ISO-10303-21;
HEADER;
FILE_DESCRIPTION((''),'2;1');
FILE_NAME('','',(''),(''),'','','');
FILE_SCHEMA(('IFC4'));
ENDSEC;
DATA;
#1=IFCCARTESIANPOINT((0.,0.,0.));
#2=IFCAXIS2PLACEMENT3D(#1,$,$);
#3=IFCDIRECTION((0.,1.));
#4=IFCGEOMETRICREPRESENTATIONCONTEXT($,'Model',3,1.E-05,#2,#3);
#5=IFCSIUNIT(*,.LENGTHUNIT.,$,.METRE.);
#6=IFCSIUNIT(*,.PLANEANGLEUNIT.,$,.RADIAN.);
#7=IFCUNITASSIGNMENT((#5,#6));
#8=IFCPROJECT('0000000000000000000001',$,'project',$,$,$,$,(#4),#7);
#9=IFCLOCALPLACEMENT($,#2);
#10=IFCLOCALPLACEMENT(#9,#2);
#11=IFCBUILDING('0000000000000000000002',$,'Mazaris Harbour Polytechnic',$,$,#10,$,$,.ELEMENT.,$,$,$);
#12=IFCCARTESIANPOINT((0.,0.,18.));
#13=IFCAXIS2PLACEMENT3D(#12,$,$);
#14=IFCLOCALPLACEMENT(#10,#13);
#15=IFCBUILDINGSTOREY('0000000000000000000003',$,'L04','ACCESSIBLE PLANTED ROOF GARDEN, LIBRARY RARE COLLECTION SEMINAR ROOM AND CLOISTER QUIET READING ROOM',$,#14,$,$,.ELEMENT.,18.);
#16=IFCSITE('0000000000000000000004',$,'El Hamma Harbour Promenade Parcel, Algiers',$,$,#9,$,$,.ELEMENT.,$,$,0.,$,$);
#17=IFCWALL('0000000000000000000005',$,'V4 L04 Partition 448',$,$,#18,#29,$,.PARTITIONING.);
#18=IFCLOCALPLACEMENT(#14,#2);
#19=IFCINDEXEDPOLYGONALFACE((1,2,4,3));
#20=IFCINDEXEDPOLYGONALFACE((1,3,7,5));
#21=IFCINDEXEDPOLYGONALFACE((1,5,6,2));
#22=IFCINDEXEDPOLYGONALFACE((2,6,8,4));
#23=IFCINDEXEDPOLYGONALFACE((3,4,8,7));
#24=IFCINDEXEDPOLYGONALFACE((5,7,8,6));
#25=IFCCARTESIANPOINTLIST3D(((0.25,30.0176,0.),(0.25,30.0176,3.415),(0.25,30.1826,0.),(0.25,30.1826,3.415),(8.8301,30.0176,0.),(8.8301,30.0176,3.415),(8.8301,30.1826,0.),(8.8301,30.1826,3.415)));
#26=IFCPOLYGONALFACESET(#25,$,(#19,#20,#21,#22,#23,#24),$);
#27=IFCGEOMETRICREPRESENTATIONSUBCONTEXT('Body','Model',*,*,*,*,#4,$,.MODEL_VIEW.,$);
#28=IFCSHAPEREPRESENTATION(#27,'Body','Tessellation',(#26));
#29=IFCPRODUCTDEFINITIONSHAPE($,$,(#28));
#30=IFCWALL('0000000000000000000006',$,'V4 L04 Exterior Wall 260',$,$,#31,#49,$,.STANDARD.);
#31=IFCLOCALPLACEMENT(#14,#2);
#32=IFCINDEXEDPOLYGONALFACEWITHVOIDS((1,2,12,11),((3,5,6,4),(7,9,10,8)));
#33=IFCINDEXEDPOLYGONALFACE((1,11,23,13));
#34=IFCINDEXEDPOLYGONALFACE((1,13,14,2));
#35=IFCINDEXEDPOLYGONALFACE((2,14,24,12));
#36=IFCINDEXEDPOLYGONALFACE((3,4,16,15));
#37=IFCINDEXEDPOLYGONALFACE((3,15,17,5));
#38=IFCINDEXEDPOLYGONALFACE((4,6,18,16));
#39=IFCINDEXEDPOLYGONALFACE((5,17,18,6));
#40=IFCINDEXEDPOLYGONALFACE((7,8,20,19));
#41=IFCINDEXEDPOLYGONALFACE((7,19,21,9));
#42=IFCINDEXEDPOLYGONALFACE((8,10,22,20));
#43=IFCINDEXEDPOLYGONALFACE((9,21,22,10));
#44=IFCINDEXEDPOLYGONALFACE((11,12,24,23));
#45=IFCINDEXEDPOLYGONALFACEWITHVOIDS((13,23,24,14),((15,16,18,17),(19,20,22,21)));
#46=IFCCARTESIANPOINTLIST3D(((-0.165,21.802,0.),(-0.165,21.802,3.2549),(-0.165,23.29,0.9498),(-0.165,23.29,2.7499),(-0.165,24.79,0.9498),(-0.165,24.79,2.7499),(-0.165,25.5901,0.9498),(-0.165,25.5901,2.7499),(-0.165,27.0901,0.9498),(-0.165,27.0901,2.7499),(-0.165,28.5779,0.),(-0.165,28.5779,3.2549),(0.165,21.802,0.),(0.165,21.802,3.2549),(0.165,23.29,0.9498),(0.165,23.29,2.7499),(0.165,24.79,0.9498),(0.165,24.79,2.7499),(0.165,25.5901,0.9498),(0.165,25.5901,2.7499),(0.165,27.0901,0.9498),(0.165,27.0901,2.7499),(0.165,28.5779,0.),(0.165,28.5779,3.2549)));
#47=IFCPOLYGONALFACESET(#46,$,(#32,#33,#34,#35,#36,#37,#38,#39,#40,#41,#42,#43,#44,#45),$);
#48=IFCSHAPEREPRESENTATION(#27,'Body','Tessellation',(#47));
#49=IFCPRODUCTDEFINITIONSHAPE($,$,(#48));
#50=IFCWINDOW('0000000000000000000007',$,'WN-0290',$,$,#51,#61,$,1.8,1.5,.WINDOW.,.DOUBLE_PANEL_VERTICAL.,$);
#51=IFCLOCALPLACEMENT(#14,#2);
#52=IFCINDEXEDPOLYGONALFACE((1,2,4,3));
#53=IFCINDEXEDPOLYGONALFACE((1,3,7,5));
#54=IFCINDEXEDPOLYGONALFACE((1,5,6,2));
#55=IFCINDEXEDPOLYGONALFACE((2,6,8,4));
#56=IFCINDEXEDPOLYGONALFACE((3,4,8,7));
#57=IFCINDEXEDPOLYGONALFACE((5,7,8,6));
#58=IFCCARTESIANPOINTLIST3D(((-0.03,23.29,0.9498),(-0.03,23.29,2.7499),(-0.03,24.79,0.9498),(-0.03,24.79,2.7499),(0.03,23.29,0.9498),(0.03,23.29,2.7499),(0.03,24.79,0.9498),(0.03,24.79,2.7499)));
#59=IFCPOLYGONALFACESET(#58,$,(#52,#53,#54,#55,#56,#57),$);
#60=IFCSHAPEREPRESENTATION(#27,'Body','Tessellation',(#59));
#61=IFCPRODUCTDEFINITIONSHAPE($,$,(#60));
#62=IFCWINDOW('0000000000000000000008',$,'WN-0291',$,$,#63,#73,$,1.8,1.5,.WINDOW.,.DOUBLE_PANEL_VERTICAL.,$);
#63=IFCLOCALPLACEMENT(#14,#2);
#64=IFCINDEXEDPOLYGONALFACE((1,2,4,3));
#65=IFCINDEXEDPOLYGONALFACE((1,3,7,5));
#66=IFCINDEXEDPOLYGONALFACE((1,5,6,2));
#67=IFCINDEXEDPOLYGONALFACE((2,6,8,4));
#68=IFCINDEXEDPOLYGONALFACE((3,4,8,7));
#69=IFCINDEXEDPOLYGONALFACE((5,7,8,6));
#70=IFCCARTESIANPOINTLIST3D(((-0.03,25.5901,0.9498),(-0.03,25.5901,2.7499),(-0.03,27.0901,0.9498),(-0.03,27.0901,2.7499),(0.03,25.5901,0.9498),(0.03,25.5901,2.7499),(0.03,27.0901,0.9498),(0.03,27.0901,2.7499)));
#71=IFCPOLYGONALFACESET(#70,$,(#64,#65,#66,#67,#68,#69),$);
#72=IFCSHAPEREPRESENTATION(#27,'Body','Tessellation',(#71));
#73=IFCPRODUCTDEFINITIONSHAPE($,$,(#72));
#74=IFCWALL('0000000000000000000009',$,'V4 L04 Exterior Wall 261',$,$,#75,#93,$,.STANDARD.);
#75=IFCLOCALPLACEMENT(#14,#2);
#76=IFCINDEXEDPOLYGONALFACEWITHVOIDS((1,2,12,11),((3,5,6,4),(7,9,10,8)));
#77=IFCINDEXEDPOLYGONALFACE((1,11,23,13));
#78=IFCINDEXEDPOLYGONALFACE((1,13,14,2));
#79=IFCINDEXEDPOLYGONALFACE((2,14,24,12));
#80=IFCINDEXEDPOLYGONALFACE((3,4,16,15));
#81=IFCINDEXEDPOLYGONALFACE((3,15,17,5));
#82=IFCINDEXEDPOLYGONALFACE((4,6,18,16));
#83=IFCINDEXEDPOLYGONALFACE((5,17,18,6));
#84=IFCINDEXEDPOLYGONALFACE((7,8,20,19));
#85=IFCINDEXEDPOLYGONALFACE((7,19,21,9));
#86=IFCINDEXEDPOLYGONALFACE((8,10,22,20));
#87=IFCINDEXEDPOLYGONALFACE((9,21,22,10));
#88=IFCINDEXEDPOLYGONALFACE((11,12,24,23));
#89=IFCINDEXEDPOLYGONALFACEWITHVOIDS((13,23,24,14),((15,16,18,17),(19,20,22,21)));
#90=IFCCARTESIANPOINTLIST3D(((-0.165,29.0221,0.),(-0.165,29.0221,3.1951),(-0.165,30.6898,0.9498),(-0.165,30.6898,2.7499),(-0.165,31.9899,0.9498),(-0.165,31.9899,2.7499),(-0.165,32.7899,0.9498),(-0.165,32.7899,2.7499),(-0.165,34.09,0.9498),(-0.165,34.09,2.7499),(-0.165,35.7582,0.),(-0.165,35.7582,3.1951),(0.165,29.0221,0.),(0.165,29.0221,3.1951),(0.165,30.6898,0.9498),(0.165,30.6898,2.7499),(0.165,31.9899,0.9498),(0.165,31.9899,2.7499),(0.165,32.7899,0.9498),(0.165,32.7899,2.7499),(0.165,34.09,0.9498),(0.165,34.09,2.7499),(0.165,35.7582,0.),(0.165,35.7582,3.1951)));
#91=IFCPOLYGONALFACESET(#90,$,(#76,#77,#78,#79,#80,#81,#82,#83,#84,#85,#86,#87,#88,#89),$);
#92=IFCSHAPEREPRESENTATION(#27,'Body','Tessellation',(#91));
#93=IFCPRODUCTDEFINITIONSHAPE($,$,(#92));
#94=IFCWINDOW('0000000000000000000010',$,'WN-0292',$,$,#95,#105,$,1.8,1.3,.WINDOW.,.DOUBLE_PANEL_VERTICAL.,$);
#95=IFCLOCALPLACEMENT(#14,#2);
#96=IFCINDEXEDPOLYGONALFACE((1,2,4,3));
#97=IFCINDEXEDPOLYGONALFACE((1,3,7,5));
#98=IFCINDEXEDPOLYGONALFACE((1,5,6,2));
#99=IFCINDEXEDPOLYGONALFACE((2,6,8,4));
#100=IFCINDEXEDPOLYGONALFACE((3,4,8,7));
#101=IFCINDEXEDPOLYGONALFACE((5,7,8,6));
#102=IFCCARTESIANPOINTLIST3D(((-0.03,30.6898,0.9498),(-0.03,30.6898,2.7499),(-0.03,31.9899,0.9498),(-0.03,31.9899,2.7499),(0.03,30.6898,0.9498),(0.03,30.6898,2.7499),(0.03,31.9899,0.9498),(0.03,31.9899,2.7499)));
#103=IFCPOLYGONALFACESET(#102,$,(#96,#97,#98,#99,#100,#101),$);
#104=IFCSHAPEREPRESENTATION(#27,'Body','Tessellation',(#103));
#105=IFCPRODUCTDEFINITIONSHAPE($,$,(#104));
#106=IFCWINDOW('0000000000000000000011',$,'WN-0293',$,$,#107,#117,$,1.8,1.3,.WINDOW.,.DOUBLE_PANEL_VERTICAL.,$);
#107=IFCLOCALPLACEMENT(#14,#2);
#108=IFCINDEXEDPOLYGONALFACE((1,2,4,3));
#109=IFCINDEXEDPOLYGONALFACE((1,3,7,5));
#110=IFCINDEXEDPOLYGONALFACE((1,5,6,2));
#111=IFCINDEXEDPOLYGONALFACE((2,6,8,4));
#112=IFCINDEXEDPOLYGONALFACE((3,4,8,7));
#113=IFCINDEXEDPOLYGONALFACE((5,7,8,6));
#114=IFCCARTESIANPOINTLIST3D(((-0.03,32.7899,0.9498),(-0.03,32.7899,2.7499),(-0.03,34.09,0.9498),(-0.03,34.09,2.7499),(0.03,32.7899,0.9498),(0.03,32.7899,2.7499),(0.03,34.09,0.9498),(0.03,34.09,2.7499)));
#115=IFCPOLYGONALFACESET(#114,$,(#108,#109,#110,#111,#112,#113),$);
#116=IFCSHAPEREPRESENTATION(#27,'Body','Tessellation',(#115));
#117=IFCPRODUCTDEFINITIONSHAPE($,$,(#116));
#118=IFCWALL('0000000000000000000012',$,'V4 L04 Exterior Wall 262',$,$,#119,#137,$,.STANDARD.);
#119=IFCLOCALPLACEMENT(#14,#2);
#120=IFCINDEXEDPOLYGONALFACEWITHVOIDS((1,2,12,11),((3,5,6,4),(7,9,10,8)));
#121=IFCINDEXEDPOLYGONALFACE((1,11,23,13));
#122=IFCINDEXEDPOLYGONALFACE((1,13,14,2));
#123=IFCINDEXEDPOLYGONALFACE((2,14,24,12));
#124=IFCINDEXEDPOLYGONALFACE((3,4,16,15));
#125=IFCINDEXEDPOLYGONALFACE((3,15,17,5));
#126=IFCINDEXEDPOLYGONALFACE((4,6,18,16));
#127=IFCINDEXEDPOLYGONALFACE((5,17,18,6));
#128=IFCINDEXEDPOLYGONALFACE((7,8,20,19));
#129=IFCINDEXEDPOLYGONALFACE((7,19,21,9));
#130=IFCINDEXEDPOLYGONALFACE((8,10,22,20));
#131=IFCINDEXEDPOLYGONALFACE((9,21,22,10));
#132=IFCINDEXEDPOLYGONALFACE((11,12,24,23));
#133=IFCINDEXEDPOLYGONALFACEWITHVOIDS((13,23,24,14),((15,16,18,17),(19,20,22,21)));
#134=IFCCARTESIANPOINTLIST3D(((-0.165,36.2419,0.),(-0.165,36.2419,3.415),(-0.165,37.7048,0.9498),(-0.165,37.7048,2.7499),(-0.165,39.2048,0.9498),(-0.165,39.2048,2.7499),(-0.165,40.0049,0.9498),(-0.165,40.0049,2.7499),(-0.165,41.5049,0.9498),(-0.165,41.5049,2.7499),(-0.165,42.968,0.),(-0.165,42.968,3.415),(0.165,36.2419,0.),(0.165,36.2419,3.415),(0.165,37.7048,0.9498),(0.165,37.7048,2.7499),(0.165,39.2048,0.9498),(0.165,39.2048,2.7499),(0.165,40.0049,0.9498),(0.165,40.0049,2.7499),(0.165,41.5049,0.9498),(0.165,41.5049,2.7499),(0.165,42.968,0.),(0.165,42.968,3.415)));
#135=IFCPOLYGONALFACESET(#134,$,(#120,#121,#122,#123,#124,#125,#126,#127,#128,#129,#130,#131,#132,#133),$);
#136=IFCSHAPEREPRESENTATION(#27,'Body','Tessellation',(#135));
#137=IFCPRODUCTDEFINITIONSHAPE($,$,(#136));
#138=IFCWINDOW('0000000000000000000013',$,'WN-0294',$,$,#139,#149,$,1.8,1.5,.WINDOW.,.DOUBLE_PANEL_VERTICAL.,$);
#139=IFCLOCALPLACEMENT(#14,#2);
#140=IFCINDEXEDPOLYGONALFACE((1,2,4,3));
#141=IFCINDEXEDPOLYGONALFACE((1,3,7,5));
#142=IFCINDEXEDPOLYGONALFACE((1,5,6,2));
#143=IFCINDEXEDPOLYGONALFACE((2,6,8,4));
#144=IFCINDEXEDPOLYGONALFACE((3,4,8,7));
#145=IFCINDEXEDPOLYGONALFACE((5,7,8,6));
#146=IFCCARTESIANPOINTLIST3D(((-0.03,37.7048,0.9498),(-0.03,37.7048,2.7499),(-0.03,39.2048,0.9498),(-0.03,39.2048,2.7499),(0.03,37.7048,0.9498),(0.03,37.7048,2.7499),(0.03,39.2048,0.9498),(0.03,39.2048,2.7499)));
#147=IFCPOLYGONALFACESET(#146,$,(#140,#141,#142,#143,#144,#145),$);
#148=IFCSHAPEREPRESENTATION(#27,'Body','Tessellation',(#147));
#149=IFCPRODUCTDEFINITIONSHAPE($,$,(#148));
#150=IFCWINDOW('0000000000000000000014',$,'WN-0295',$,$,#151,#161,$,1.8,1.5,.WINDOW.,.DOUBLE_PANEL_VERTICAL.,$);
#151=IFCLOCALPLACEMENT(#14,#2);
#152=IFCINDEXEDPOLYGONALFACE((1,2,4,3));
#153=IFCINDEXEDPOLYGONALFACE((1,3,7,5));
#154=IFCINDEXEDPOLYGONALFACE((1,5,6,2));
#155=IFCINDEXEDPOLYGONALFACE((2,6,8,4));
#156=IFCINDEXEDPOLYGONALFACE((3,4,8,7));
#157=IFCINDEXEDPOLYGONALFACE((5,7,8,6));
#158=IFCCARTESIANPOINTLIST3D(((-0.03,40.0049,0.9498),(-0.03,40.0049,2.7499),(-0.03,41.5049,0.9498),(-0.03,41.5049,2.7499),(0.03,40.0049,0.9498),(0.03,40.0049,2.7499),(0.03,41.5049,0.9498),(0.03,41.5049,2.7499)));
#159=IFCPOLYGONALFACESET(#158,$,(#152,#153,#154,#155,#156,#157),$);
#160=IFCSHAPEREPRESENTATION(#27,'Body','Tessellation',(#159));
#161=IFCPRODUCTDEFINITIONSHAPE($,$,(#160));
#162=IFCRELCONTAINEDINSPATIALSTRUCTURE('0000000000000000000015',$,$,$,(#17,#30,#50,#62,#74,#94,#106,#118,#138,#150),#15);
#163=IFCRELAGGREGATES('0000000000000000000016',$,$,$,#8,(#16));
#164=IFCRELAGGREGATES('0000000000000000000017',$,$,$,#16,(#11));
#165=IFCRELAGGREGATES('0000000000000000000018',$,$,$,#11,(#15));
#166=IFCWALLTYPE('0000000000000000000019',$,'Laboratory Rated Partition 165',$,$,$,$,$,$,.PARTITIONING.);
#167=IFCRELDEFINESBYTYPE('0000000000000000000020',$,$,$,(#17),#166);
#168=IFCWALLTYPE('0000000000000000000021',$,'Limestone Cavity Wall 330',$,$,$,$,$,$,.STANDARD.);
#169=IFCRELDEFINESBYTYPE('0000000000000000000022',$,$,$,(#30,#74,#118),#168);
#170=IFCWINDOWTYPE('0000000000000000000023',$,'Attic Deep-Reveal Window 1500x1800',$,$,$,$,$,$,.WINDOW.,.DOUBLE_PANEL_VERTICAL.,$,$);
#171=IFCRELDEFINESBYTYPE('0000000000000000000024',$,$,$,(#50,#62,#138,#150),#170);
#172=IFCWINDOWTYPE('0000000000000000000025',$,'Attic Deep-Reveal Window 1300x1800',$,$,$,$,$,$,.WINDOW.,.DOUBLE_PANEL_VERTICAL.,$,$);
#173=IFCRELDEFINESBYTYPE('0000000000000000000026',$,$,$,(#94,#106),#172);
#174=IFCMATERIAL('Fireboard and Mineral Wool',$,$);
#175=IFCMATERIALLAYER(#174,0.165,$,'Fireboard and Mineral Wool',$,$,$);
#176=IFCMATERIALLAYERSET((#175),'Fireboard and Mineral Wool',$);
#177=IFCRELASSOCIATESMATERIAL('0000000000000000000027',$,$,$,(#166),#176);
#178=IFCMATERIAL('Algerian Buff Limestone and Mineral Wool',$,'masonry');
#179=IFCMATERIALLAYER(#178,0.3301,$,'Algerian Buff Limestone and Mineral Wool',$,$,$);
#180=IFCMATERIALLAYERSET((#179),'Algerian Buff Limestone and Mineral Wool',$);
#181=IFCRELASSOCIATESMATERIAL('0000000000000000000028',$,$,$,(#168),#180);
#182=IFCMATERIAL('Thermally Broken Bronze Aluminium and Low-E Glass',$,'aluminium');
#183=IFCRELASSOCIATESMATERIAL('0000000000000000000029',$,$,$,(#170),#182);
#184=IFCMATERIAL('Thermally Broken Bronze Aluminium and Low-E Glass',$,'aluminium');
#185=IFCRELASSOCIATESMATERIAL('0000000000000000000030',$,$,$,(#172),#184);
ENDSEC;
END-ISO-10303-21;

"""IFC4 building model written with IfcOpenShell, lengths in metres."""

from ifc_helpers import new_model, si_unit, direction, frame, frame_2d, origin, place, context, subcontext, project, spatial, rectangle, extrude, material, layer, layer_set, type_object, element, fill, save


model = new_model("IFC4")

# Units and contexts
model_context = context("Model", 3, precision=1e-05, world=origin(), true_north=direction((0.0, 1.0)))
body_context = subcontext(model_context, "Body", "Model", "MODEL_VIEW")
ifc_project = project(units=[si_unit("LENGTHUNIT", "METRE"), si_unit("PLANEANGLEUNIT", "RADIAN")], contexts=[model_context])

# Site, building, storey
site_placement = place(None, origin())
site = spatial("IfcSite", under=ifc_project, at=site_placement, Name="El Hamma Harbour Promenade Parcel, Algiers", CompositionType="ELEMENT", RefElevation=0.0)
building_placement = place(site_placement, origin())
building = spatial("IfcBuilding", under=site, at=building_placement, Name="Mazaris Harbour Polytechnic", CompositionType="ELEMENT")
storey_placement = place(building_placement, frame((0.0, 0.0, 18.0)))
storey = spatial("IfcBuildingStorey", under=building, at=storey_placement, Name="L04", Description="ACCESSIBLE PLANTED ROOF GARDEN, LIBRARY RARE COLLECTION SEMINAR ROOM AND CLOISTER QUIET READING ROOM", CompositionType="ELEMENT", Elevation=18.0)

# Wall
ifc_material_1 = material(Name="Fireboard and Mineral Wool")
ifc_layer_1 = layer(ifc_material_1, 0.165, Name="Fireboard and Mineral Wool")
ifc_layer_set_1 = layer_set([ifc_layer_1], Name="Fireboard and Mineral Wool")
wall_type_1 = type_object("IfcWallType", Name="Laboratory Rated Partition 165", PredefinedType="PARTITIONING", material=ifc_layer_set_1)
wall_1_placement = place(storey_placement, frame((0.25, 30.1001, 0.0), z_axis=(0.0, 0.0, 1.0), x_axis=(1.0, 0.0, 0.0)))
element("IfcWall", 1, at=wall_1_placement, inside=storey, type_object=wall_type_1, Name="V4 L04 Partition 448", PredefinedType="PARTITIONING", context=body_context, shape_type="SweptSolid", body=[
    extrude(rectangle(XDim=8.5801, YDim=0.165, at=frame_2d((4.29, 0.0))), origin(), (0.0, 0.0, 1.0), 3.415),
])

# Walls, openings, windows
ifc_material_2 = material(Name="Algerian Buff Limestone and Mineral Wool", Category="masonry")
ifc_layer_2 = layer(ifc_material_2, 0.3301, Name="Algerian Buff Limestone and Mineral Wool")
ifc_layer_set_2 = layer_set([ifc_layer_2], Name="Algerian Buff Limestone and Mineral Wool")
wall_type_2 = type_object("IfcWallType", Name="Limestone Cavity Wall 330", PredefinedType="STANDARD", material=ifc_layer_set_2)
wall_2_placement = place(storey_placement, frame((0.0, 21.802, 0.0), z_axis=(0.0, 0.0, 1.0), x_axis=(0.0, 1.0, 0.0)))
wall_2 = element("IfcWall", 2, at=wall_2_placement, inside=storey, type_object=wall_type_2, Name="V4 L04 Exterior Wall 260", PredefinedType="STANDARD", context=body_context, shape_type="SweptSolid", body=[
    extrude(rectangle(XDim=6.7759, YDim=0.3301, at=frame_2d((3.3879, 0.0))), origin(), (0.0, 0.0, 1.0), 3.2549),
])
opening_1_placement = place(wall_2_placement, frame((1.488, 0.0, 0.95)))
opening_1 = element("IfcOpeningElement", 3, at=opening_1_placement, cuts=wall_2, PredefinedType="OPENING", context=body_context, shape_type="SweptSolid", body=[
    extrude(rectangle(XDim=1.5, YDim=1.8, at=frame_2d((0.75, 0.8999))), frame((0.0, 0.175, 0.0), z_axis=(0.0, -1.0, 0.0), x_axis=(1.0, 0.0, 0.0)), (0.0, 0.0, 1.0), 0.3501),
])
opening_2_placement = place(wall_2_placement, frame((3.7881, 0.0, 0.95)))
opening_2 = element("IfcOpeningElement", 4, at=opening_2_placement, cuts=wall_2, PredefinedType="OPENING", context=body_context, shape_type="SweptSolid", body=[
    extrude(rectangle(XDim=1.5, YDim=1.8, at=frame_2d((0.75, 0.8999))), frame((0.0, 0.175, 0.0), z_axis=(0.0, -1.0, 0.0), x_axis=(1.0, 0.0, 0.0)), (0.0, 0.0, 1.0), 0.3501),
])
ifc_material_3 = material(Name="Thermally Broken Bronze Aluminium and Low-E Glass", Category="aluminium")
window_type_1 = type_object("IfcWindowType", Name="Attic Deep-Reveal Window 1500x1800", PartitioningType="DOUBLE_PANEL_VERTICAL", PredefinedType="WINDOW", material=ifc_material_3)
window_1_placement = place(opening_1_placement, origin())
window_1 = element("IfcWindow", 5, at=window_1_placement, inside=storey, type_object=window_type_1, Name="WN-0290", OverallHeight=1.8, OverallWidth=1.5, PartitioningType="DOUBLE_PANEL_VERTICAL", PredefinedType="WINDOW", context=body_context, shape_type="SweptSolid", body=[
    extrude(rectangle(XDim=1.5, YDim=1.8, at=frame_2d((0.75, 0.8999))), frame((0.0, 0.03, 0.0), z_axis=(0.0, -1.0, 0.0), x_axis=(1.0, 0.0, 0.0)), (0.0, 0.0, 1.0), 0.0601),
])
fill(opening_1, window_1)
window_2_placement = place(opening_2_placement, origin())
window_2 = element("IfcWindow", 6, at=window_2_placement, inside=storey, type_object=window_type_1, Name="WN-0291", OverallHeight=1.8, OverallWidth=1.5, PartitioningType="DOUBLE_PANEL_VERTICAL", PredefinedType="WINDOW", context=body_context, shape_type="SweptSolid", body=[
    extrude(rectangle(XDim=1.5, YDim=1.8, at=frame_2d((0.75, 0.8999))), frame((0.0, 0.03, 0.0), z_axis=(0.0, -1.0, 0.0), x_axis=(1.0, 0.0, 0.0)), (0.0, 0.0, 1.0), 0.0601),
])
fill(opening_2, window_2)
wall_3_placement = place(storey_placement, frame((0.0, 29.022, 0.0), z_axis=(0.0, 0.0, 1.0), x_axis=(0.0, 1.0, 0.0)))
wall_3 = element("IfcWall", 7, at=wall_3_placement, inside=storey, type_object=wall_type_2, Name="V4 L04 Exterior Wall 261", PredefinedType="STANDARD", context=body_context, shape_type="SweptSolid", body=[
    extrude(rectangle(XDim=6.7361, YDim=0.3301, at=frame_2d((3.3682, 0.0))), origin(), (0.0, 0.0, 1.0), 3.1951),
])
opening_3_placement = place(wall_3_placement, frame((1.668, 0.0, 0.95)))
opening_3 = element("IfcOpeningElement", 8, at=opening_3_placement, cuts=wall_3, PredefinedType="OPENING", context=body_context, shape_type="SweptSolid", body=[
    extrude(rectangle(XDim=1.3, YDim=1.8, at=frame_2d((0.6499, 0.8999))), frame((0.0, 0.175, 0.0), z_axis=(0.0, -1.0, 0.0), x_axis=(1.0, 0.0, 0.0)), (0.0, 0.0, 1.0), 0.3501),
])
opening_4_placement = place(wall_3_placement, frame((3.7681, 0.0, 0.95)))
opening_4 = element("IfcOpeningElement", 9, at=opening_4_placement, cuts=wall_3, PredefinedType="OPENING", context=body_context, shape_type="SweptSolid", body=[
    extrude(rectangle(XDim=1.3, YDim=1.8, at=frame_2d((0.6499, 0.8999))), frame((0.0, 0.175, 0.0), z_axis=(0.0, -1.0, 0.0), x_axis=(1.0, 0.0, 0.0)), (0.0, 0.0, 1.0), 0.3501),
])
ifc_material_4 = material(Name="Thermally Broken Bronze Aluminium and Low-E Glass", Category="aluminium")
window_type_2 = type_object("IfcWindowType", Name="Attic Deep-Reveal Window 1300x1800", PartitioningType="DOUBLE_PANEL_VERTICAL", PredefinedType="WINDOW", material=ifc_material_4)
window_3_placement = place(opening_3_placement, origin())
window_3 = element("IfcWindow", 10, at=window_3_placement, inside=storey, type_object=window_type_2, Name="WN-0292", OverallHeight=1.8, OverallWidth=1.3, PartitioningType="DOUBLE_PANEL_VERTICAL", PredefinedType="WINDOW", context=body_context, shape_type="SweptSolid", body=[
    extrude(rectangle(XDim=1.3, YDim=1.8, at=frame_2d((0.6499, 0.8999))), frame((0.0, 0.03, 0.0), z_axis=(0.0, -1.0, 0.0), x_axis=(1.0, 0.0, 0.0)), (0.0, 0.0, 1.0), 0.0601),
])
fill(opening_3, window_3)
window_4_placement = place(opening_4_placement, origin())
window_4 = element("IfcWindow", 11, at=window_4_placement, inside=storey, type_object=window_type_2, Name="WN-0293", OverallHeight=1.8, OverallWidth=1.3, PartitioningType="DOUBLE_PANEL_VERTICAL", PredefinedType="WINDOW", context=body_context, shape_type="SweptSolid", body=[
    extrude(rectangle(XDim=1.3, YDim=1.8, at=frame_2d((0.6499, 0.8999))), frame((0.0, 0.03, 0.0), z_axis=(0.0, -1.0, 0.0), x_axis=(1.0, 0.0, 0.0)), (0.0, 0.0, 1.0), 0.0601),
])
fill(opening_4, window_4)
wall_4_placement = place(storey_placement, frame((0.0, 36.2419, 0.0), z_axis=(0.0, 0.0, 1.0), x_axis=(0.0, 1.0, 0.0)))
wall_4 = element("IfcWall", 12, at=wall_4_placement, inside=storey, type_object=wall_type_2, Name="V4 L04 Exterior Wall 262", PredefinedType="STANDARD", context=body_context, shape_type="SweptSolid", body=[
    extrude(rectangle(XDim=6.7261, YDim=0.3301, at=frame_2d((3.363, 0.0))), origin(), (0.0, 0.0, 1.0), 3.415),
])
opening_5_placement = place(wall_4_placement, frame((1.4629, 0.0, 0.95)))
opening_5 = element("IfcOpeningElement", 13, at=opening_5_placement, cuts=wall_4, PredefinedType="OPENING", context=body_context, shape_type="SweptSolid", body=[
    extrude(rectangle(XDim=1.5, YDim=1.8, at=frame_2d((0.75, 0.8999))), frame((0.0, 0.175, 0.0), z_axis=(0.0, -1.0, 0.0), x_axis=(1.0, 0.0, 0.0)), (0.0, 0.0, 1.0), 0.3501),
])
opening_6_placement = place(wall_4_placement, frame((3.7629, 0.0, 0.95)))
opening_6 = element("IfcOpeningElement", 14, at=opening_6_placement, cuts=wall_4, PredefinedType="OPENING", context=body_context, shape_type="SweptSolid", body=[
    extrude(rectangle(XDim=1.5, YDim=1.8, at=frame_2d((0.75, 0.8999))), frame((0.0, 0.175, 0.0), z_axis=(0.0, -1.0, 0.0), x_axis=(1.0, 0.0, 0.0)), (0.0, 0.0, 1.0), 0.3501),
])
window_5_placement = place(opening_5_placement, origin())
window_5 = element("IfcWindow", 15, at=window_5_placement, inside=storey, type_object=window_type_1, Name="WN-0294", OverallHeight=1.8, OverallWidth=1.5, PartitioningType="DOUBLE_PANEL_VERTICAL", PredefinedType="WINDOW", context=body_context, shape_type="SweptSolid", body=[
    extrude(rectangle(XDim=1.5, YDim=1.8, at=frame_2d((0.75, 0.8999))), frame((0.0, 0.03, 0.0), z_axis=(0.0, -1.0, 0.0), x_axis=(1.0, 0.0, 0.0)), (0.0, 0.0, 1.0), 0.0601),
])
fill(opening_5, window_5)
window_6_placement = place(opening_6_placement, origin())
window_6 = element("IfcWindow", 16, at=window_6_placement, inside=storey, type_object=window_type_1, Name="WN-0295", OverallHeight=1.8, OverallWidth=1.5, PartitioningType="DOUBLE_PANEL_VERTICAL", PredefinedType="WINDOW", context=body_context, shape_type="SweptSolid", body=[
    extrude(rectangle(XDim=1.5, YDim=1.8, at=frame_2d((0.75, 0.8999))), frame((0.0, 0.03, 0.0), z_axis=(0.0, -1.0, 0.0), x_axis=(1.0, 0.0, 0.0)), (0.0, 0.0, 1.0), 0.0601),
])
fill(opening_6, window_6)

save(model, "model.ifc")
